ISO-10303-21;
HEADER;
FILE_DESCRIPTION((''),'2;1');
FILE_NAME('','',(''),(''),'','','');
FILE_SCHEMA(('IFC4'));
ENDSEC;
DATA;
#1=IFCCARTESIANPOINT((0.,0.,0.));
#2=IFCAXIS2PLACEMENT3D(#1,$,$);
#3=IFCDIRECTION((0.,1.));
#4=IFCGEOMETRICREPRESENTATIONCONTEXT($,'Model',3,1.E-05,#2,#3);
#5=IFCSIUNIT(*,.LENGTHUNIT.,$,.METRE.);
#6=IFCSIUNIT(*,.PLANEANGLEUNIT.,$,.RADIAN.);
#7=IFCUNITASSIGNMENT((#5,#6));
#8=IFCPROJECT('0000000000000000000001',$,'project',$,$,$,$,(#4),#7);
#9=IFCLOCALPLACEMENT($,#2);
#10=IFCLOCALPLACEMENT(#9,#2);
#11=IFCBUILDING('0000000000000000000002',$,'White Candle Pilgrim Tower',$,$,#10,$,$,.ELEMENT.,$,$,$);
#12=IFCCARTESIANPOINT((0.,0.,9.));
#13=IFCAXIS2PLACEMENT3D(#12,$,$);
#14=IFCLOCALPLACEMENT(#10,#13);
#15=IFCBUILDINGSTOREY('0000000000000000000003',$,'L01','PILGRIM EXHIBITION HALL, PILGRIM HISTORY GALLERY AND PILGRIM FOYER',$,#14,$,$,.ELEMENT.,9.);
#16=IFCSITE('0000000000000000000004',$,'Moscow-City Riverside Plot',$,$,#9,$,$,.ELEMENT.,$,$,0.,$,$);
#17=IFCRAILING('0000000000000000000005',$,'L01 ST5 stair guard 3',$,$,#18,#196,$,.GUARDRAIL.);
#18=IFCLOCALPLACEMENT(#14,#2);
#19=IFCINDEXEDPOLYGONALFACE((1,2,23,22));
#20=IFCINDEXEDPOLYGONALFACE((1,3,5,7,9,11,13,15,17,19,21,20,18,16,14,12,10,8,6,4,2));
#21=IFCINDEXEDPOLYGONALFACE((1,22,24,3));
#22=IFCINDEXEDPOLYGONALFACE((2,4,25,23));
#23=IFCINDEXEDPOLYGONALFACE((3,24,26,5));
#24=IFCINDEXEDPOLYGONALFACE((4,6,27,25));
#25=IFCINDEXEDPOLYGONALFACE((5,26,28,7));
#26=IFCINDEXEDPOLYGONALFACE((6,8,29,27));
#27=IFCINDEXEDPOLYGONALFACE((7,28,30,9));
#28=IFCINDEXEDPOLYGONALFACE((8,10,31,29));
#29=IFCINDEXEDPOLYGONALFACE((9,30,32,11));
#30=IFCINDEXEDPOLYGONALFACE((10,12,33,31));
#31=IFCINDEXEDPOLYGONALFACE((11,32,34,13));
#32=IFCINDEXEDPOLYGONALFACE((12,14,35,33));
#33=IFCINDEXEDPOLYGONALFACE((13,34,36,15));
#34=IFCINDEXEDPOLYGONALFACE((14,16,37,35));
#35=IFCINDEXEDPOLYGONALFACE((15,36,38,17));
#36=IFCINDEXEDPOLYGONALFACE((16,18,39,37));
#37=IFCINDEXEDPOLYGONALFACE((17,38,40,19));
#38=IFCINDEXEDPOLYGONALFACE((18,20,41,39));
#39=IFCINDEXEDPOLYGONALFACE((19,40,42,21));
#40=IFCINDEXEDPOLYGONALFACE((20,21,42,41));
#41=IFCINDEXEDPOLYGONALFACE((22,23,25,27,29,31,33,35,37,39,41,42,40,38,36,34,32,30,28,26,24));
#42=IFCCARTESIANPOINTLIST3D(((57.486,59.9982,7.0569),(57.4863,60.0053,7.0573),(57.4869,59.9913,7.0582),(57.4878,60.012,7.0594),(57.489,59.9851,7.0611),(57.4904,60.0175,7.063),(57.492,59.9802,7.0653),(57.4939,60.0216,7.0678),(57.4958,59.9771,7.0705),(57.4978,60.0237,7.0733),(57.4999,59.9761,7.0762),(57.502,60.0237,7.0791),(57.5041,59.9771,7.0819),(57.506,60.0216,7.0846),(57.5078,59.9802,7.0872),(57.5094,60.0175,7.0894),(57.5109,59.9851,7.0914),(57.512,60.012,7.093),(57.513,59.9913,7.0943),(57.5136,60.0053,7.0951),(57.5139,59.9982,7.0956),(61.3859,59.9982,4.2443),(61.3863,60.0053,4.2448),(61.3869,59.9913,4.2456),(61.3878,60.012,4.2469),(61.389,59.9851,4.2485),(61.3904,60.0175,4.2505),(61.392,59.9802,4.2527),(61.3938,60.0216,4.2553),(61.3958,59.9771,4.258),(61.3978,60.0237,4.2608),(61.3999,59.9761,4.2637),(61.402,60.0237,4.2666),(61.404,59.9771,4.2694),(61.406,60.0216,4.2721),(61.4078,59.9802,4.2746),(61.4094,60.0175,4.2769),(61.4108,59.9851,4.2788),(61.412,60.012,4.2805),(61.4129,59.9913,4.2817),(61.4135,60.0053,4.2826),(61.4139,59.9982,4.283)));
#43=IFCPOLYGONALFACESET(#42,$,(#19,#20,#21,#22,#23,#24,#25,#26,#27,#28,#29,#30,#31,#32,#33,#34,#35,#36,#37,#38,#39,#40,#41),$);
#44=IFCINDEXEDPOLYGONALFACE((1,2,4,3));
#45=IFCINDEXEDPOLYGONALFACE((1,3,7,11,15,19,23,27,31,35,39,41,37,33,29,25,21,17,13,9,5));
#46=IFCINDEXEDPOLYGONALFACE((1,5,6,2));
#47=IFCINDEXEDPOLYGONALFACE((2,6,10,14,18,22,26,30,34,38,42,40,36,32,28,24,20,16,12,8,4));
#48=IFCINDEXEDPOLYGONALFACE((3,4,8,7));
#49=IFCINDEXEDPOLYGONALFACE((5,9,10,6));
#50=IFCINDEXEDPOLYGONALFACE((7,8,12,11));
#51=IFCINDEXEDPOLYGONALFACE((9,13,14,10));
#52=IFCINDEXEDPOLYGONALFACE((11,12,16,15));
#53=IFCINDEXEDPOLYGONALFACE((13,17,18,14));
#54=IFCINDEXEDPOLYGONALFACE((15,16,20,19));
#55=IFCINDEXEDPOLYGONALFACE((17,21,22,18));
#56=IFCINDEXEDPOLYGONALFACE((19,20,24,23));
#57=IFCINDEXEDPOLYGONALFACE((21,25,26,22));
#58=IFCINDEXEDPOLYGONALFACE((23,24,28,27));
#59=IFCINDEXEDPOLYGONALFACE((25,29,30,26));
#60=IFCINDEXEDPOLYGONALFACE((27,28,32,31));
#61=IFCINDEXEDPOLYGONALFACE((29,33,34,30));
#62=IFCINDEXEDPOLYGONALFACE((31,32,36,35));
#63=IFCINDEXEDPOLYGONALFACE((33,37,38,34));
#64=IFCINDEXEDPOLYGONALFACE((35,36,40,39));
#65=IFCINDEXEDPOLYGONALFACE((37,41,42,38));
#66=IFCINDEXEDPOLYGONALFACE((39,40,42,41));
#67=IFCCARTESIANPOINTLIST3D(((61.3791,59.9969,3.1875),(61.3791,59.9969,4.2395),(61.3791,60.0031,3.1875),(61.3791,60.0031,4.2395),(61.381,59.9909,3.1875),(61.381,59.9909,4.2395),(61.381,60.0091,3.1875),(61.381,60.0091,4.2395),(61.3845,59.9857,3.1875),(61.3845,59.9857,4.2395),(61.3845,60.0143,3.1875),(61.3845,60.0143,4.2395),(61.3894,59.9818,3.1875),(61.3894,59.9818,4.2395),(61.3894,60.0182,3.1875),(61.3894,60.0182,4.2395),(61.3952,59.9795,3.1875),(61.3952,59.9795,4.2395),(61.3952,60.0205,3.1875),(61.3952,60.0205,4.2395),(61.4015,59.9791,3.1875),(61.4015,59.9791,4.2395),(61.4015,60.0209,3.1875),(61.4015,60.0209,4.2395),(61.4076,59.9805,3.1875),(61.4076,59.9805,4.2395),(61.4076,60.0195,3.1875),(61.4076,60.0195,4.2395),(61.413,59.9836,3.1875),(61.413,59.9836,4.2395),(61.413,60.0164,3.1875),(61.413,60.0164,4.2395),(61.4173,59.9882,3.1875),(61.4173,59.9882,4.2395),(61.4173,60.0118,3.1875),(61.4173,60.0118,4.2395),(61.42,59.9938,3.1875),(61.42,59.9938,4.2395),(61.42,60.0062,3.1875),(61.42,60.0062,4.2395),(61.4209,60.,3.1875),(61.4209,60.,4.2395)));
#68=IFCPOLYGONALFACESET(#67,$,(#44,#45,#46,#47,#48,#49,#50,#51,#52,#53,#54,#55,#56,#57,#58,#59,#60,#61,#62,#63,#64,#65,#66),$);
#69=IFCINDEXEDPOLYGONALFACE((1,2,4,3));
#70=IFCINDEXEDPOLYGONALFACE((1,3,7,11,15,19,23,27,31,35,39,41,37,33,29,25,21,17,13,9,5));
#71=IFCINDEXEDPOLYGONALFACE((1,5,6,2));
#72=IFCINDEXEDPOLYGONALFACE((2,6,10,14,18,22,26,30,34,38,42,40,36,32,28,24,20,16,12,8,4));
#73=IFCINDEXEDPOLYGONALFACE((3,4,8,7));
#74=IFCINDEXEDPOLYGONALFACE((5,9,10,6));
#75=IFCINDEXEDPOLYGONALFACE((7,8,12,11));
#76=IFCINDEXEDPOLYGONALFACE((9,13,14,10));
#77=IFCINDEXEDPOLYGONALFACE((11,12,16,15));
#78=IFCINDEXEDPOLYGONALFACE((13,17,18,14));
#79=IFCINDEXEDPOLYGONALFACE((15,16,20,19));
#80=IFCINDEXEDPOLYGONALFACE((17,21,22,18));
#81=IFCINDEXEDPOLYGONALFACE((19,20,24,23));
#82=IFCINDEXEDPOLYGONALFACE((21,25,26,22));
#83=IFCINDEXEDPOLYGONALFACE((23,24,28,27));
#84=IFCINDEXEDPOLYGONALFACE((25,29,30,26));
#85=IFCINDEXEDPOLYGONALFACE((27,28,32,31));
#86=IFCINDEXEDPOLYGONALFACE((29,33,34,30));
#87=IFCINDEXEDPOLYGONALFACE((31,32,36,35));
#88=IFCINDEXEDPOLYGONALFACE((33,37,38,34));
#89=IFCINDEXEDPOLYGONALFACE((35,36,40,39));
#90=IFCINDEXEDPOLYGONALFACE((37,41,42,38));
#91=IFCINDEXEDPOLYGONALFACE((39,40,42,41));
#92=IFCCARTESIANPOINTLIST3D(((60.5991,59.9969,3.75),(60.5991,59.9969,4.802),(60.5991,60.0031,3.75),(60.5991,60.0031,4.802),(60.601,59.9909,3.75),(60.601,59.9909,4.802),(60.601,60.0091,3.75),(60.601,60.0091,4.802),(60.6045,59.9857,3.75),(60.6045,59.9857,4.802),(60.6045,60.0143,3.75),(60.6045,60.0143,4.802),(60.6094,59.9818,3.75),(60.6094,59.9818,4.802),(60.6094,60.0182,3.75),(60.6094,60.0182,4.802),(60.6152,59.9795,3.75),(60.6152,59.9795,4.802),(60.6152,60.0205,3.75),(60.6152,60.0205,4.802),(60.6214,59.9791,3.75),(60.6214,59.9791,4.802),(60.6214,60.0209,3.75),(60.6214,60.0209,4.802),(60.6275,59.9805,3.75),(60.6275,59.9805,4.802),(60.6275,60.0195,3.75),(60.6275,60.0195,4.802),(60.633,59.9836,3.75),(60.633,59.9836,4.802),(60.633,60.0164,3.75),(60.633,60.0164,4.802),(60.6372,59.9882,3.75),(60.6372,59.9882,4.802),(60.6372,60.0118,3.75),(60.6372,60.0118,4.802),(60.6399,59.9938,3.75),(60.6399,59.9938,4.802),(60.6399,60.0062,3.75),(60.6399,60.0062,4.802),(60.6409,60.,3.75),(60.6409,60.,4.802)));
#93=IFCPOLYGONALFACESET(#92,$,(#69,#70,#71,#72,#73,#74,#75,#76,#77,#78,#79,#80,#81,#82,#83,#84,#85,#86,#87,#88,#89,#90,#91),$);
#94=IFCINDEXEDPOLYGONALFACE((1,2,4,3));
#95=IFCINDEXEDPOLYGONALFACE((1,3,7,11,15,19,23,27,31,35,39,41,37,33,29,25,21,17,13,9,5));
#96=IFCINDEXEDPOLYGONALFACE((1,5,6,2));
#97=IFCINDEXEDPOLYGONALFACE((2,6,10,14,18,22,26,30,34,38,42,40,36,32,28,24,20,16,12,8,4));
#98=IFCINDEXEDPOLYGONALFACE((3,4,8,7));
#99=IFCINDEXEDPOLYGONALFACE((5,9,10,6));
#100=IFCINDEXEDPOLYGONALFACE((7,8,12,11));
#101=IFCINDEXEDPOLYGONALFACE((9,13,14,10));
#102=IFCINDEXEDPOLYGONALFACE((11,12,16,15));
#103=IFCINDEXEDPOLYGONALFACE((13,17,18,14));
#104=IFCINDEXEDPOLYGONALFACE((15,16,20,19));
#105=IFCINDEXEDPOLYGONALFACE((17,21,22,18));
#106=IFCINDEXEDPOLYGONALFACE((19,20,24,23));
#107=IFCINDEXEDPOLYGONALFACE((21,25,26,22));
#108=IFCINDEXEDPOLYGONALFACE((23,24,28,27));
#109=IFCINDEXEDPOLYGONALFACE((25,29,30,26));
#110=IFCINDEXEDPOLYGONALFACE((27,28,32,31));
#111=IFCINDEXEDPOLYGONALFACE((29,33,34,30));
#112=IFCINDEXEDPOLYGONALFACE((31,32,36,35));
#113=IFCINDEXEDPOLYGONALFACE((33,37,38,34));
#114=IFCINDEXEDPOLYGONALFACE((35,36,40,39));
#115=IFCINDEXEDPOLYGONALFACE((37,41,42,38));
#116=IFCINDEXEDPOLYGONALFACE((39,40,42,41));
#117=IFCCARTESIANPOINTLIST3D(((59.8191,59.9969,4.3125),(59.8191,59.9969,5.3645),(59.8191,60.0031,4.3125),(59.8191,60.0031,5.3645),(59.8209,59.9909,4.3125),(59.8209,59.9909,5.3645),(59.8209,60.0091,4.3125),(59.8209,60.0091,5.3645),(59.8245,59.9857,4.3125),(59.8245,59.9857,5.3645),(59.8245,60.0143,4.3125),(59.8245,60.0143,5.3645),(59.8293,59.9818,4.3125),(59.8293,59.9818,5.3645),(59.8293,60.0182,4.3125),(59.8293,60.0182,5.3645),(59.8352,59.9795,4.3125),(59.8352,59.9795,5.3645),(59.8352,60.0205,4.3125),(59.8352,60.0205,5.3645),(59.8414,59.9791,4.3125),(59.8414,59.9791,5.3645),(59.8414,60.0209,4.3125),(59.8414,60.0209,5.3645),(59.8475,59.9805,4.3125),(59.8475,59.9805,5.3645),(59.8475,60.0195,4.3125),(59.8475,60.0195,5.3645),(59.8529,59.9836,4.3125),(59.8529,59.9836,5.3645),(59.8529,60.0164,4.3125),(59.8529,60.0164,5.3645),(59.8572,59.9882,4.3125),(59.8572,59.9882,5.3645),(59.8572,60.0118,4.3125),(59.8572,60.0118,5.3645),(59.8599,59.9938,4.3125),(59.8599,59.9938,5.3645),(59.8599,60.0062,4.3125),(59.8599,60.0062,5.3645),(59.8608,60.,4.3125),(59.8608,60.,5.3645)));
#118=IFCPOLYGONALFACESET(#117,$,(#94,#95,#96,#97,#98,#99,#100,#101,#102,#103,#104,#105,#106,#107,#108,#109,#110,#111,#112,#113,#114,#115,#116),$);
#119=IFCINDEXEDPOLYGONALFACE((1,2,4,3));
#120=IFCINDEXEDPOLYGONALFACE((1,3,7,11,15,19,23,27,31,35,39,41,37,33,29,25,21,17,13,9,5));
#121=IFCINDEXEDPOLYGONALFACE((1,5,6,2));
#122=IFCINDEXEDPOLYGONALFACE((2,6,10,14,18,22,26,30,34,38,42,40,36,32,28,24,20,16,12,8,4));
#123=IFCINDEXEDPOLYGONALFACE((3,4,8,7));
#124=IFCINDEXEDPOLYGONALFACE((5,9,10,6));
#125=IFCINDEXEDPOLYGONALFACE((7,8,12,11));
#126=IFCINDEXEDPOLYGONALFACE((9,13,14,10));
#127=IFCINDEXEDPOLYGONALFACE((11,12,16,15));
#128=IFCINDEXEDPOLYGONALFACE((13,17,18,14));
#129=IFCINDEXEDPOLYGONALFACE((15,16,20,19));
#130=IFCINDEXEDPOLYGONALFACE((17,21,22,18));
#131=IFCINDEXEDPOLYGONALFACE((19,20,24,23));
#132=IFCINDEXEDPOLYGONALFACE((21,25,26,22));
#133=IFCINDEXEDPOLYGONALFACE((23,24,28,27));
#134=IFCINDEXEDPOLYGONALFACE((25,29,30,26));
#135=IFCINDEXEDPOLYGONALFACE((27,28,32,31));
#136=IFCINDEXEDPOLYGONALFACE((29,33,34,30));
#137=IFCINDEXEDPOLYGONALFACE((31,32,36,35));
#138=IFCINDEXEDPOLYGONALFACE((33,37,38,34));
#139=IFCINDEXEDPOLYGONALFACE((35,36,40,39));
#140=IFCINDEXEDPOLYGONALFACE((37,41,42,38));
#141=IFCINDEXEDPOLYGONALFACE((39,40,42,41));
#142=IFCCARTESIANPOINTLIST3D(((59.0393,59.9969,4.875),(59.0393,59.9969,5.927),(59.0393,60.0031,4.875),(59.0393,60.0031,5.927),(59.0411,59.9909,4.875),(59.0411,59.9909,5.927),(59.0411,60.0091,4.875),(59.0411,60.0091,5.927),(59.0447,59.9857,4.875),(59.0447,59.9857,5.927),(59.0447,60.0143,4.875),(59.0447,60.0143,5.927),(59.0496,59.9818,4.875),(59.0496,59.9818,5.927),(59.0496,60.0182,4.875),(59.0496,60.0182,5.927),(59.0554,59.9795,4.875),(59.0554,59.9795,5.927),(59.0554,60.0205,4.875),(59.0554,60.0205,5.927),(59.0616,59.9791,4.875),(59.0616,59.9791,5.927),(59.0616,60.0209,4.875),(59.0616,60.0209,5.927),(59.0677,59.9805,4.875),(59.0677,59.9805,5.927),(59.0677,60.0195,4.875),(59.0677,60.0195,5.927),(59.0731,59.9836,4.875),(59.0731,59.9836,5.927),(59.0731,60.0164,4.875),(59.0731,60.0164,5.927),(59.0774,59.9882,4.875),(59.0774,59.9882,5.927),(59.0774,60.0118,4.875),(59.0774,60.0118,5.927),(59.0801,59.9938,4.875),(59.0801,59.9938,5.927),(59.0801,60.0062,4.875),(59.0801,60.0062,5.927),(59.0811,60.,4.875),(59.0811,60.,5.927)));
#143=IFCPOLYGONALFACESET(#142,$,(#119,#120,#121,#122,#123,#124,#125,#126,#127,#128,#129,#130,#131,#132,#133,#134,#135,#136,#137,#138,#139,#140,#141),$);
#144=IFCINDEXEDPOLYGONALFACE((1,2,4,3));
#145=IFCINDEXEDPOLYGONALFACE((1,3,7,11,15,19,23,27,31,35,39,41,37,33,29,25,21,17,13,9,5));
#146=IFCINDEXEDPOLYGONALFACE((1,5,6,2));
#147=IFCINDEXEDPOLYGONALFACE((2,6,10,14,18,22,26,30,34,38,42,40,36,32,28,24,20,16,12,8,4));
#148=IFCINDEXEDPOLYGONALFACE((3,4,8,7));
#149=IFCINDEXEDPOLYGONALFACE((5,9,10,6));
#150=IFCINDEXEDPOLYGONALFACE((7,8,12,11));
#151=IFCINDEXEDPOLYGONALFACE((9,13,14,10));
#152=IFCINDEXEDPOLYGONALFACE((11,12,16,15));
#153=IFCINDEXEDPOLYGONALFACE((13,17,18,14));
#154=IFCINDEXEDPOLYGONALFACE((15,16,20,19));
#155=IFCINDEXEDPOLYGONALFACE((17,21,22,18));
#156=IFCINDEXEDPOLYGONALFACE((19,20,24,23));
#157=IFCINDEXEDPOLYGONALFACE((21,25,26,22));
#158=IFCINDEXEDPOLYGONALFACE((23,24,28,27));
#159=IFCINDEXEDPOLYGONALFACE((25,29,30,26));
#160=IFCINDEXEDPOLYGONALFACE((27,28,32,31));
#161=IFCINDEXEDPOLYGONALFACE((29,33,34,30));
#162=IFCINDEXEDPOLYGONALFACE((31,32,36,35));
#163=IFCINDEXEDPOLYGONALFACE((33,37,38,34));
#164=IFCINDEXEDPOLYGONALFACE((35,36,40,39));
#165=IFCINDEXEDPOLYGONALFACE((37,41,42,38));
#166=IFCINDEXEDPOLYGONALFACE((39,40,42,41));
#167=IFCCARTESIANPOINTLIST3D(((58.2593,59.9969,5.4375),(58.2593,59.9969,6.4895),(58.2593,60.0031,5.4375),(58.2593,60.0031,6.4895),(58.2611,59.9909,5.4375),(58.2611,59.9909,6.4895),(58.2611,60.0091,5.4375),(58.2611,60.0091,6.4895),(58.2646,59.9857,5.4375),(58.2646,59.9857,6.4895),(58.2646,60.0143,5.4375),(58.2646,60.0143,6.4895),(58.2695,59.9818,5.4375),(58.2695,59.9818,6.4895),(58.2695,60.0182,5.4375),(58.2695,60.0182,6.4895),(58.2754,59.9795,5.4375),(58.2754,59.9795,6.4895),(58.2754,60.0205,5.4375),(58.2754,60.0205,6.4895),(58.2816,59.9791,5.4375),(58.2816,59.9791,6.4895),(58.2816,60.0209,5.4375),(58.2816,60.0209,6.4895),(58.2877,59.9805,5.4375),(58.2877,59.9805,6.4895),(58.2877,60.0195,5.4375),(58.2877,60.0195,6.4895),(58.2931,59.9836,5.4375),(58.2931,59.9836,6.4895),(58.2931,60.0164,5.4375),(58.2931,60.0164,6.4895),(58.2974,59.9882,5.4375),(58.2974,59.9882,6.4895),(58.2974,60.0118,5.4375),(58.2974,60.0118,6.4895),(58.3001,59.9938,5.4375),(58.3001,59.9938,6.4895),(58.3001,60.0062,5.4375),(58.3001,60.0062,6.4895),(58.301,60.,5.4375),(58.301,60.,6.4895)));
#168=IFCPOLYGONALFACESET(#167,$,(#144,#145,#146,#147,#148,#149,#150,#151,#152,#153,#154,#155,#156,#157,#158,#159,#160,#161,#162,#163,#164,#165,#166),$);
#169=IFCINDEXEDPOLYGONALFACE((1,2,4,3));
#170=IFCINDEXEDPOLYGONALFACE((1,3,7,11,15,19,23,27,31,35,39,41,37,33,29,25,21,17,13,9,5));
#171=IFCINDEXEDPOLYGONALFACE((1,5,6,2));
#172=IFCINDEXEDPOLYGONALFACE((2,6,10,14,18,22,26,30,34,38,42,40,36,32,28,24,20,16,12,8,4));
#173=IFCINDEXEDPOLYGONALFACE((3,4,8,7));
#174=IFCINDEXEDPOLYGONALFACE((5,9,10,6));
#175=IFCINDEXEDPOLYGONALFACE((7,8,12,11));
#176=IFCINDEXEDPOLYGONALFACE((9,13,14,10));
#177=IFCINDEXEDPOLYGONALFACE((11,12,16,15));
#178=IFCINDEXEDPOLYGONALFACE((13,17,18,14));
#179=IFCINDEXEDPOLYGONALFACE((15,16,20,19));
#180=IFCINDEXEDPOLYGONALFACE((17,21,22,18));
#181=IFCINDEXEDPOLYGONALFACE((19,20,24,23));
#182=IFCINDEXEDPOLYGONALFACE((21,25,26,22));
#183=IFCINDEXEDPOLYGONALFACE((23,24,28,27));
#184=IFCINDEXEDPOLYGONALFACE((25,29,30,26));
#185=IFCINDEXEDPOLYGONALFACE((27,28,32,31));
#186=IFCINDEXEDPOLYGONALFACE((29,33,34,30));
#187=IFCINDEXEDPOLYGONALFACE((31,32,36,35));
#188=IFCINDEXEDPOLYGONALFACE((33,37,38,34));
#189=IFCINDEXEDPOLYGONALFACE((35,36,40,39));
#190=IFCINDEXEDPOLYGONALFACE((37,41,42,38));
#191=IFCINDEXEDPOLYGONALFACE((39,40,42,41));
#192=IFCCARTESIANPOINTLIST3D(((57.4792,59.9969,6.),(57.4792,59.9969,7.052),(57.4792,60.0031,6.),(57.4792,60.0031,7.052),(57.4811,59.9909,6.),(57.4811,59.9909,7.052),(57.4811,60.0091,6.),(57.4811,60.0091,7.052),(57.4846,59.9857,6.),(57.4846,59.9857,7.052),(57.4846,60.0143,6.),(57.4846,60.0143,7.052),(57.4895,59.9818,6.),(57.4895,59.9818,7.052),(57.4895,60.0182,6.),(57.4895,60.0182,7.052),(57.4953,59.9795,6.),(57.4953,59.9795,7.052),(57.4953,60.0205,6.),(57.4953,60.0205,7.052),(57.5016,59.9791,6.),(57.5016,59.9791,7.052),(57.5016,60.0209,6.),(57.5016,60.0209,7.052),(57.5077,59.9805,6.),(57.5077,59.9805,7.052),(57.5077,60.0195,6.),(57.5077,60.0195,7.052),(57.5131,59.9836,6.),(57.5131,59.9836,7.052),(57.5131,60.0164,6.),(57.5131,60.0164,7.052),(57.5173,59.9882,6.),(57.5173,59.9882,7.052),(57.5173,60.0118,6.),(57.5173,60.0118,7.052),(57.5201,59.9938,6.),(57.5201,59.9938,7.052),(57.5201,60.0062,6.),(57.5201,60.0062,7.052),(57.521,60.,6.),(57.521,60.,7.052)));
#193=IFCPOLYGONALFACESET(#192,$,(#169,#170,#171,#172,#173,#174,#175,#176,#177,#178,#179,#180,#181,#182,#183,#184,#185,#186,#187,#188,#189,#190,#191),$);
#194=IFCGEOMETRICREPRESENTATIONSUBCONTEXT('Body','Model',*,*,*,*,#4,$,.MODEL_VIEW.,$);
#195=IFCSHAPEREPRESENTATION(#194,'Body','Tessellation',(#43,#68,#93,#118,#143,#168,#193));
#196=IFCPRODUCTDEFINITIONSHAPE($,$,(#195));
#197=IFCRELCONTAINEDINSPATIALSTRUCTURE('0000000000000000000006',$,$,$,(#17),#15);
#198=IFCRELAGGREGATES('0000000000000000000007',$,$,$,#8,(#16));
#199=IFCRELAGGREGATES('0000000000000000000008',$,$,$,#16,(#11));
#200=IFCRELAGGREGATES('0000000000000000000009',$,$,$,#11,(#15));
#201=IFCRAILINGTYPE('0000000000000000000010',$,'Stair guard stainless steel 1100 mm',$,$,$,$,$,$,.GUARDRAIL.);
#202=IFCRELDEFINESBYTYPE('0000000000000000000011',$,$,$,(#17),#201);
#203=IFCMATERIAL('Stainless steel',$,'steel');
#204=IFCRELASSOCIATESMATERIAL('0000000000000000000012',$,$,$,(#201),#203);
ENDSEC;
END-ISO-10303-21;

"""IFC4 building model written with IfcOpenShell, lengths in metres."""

from ifc_helpers import new_model, si_unit, direction, frame, origin, origin_2d, place, context, subcontext, project, spatial, circle, extrude, material, type_object, element, save


model = new_model("IFC4")

# Units and contexts
model_context = context("Model", 3, precision=1e-05, world=origin(), true_north=direction((0.0, 1.0)))
body_context = subcontext(model_context, "Body", "Model", "MODEL_VIEW")
ifc_project = project(units=[si_unit("LENGTHUNIT", "METRE"), si_unit("PLANEANGLEUNIT", "RADIAN")], contexts=[model_context])

# Site, building, storey
site_placement = place(None, origin())
site = spatial("IfcSite", under=ifc_project, at=site_placement, Name="Moscow-City Riverside Plot", CompositionType="ELEMENT", RefElevation=0.0)
building_placement = place(site_placement, origin())
building = spatial("IfcBuilding", under=site, at=building_placement, Name="White Candle Pilgrim Tower", CompositionType="ELEMENT")
storey_placement = place(building_placement, frame((0.0, 0.0, 9.0)))
storey = spatial("IfcBuildingStorey", under=building, at=storey_placement, Name="L01", Description="PILGRIM EXHIBITION HALL, PILGRIM HISTORY GALLERY AND PILGRIM FOYER", CompositionType="ELEMENT", Elevation=9.0)

# Railing
ifc_material_1 = material(Name="Stainless steel", Category="steel")
railing_type_1 = type_object("IfcRailingType", Name="Stair guard stainless steel 1100 mm", PredefinedType="GUARDRAIL", material=ifc_material_1)
railing_1_placement = place(storey_placement, frame((61.3999, 60.0, 3.1875)))
element("IfcRailing", 1, at=railing_1_placement, inside=storey, type_object=railing_type_1, Name="L01 ST5 stair guard 3", PredefinedType="GUARDRAIL", context=body_context, shape_type="SweptSolid", body=[
    extrude(circle(Radius=0.0239, at=origin_2d()), frame((0.0, 0.0, 1.0762), z_axis=(-0.811083, 0.0, 0.584931), x_axis=(0.0, -1.0, 0.0)), (0.0, 0.0, 1.0), 4.8083),
    extrude(circle(Radius=0.021, at=origin_2d()), origin(), (0.0, 0.0, 1.0), 1.052),
    extrude(circle(Radius=0.021, at=origin_2d()), frame((-0.78, 0.0, 0.5625)), (0.0, 0.0, 1.0), 1.052),
    extrude(circle(Radius=0.021, at=origin_2d()), frame((-1.5601, 0.0, 1.125)), (0.0, 0.0, 1.0), 1.052),
    extrude(circle(Radius=0.021, at=origin_2d()), frame((-2.3398, 0.0, 1.6875)), (0.0, 0.0, 1.0), 1.052),
    extrude(circle(Radius=0.021, at=origin_2d()), frame((-3.1199, 0.0, 2.25)), (0.0, 0.0, 1.0), 1.052),
    extrude(circle(Radius=0.021, at=origin_2d()), frame((-3.8999, 0.0, 2.8125)), (0.0, 0.0, 1.0), 1.052),
])

save(model, "model.ifc")
